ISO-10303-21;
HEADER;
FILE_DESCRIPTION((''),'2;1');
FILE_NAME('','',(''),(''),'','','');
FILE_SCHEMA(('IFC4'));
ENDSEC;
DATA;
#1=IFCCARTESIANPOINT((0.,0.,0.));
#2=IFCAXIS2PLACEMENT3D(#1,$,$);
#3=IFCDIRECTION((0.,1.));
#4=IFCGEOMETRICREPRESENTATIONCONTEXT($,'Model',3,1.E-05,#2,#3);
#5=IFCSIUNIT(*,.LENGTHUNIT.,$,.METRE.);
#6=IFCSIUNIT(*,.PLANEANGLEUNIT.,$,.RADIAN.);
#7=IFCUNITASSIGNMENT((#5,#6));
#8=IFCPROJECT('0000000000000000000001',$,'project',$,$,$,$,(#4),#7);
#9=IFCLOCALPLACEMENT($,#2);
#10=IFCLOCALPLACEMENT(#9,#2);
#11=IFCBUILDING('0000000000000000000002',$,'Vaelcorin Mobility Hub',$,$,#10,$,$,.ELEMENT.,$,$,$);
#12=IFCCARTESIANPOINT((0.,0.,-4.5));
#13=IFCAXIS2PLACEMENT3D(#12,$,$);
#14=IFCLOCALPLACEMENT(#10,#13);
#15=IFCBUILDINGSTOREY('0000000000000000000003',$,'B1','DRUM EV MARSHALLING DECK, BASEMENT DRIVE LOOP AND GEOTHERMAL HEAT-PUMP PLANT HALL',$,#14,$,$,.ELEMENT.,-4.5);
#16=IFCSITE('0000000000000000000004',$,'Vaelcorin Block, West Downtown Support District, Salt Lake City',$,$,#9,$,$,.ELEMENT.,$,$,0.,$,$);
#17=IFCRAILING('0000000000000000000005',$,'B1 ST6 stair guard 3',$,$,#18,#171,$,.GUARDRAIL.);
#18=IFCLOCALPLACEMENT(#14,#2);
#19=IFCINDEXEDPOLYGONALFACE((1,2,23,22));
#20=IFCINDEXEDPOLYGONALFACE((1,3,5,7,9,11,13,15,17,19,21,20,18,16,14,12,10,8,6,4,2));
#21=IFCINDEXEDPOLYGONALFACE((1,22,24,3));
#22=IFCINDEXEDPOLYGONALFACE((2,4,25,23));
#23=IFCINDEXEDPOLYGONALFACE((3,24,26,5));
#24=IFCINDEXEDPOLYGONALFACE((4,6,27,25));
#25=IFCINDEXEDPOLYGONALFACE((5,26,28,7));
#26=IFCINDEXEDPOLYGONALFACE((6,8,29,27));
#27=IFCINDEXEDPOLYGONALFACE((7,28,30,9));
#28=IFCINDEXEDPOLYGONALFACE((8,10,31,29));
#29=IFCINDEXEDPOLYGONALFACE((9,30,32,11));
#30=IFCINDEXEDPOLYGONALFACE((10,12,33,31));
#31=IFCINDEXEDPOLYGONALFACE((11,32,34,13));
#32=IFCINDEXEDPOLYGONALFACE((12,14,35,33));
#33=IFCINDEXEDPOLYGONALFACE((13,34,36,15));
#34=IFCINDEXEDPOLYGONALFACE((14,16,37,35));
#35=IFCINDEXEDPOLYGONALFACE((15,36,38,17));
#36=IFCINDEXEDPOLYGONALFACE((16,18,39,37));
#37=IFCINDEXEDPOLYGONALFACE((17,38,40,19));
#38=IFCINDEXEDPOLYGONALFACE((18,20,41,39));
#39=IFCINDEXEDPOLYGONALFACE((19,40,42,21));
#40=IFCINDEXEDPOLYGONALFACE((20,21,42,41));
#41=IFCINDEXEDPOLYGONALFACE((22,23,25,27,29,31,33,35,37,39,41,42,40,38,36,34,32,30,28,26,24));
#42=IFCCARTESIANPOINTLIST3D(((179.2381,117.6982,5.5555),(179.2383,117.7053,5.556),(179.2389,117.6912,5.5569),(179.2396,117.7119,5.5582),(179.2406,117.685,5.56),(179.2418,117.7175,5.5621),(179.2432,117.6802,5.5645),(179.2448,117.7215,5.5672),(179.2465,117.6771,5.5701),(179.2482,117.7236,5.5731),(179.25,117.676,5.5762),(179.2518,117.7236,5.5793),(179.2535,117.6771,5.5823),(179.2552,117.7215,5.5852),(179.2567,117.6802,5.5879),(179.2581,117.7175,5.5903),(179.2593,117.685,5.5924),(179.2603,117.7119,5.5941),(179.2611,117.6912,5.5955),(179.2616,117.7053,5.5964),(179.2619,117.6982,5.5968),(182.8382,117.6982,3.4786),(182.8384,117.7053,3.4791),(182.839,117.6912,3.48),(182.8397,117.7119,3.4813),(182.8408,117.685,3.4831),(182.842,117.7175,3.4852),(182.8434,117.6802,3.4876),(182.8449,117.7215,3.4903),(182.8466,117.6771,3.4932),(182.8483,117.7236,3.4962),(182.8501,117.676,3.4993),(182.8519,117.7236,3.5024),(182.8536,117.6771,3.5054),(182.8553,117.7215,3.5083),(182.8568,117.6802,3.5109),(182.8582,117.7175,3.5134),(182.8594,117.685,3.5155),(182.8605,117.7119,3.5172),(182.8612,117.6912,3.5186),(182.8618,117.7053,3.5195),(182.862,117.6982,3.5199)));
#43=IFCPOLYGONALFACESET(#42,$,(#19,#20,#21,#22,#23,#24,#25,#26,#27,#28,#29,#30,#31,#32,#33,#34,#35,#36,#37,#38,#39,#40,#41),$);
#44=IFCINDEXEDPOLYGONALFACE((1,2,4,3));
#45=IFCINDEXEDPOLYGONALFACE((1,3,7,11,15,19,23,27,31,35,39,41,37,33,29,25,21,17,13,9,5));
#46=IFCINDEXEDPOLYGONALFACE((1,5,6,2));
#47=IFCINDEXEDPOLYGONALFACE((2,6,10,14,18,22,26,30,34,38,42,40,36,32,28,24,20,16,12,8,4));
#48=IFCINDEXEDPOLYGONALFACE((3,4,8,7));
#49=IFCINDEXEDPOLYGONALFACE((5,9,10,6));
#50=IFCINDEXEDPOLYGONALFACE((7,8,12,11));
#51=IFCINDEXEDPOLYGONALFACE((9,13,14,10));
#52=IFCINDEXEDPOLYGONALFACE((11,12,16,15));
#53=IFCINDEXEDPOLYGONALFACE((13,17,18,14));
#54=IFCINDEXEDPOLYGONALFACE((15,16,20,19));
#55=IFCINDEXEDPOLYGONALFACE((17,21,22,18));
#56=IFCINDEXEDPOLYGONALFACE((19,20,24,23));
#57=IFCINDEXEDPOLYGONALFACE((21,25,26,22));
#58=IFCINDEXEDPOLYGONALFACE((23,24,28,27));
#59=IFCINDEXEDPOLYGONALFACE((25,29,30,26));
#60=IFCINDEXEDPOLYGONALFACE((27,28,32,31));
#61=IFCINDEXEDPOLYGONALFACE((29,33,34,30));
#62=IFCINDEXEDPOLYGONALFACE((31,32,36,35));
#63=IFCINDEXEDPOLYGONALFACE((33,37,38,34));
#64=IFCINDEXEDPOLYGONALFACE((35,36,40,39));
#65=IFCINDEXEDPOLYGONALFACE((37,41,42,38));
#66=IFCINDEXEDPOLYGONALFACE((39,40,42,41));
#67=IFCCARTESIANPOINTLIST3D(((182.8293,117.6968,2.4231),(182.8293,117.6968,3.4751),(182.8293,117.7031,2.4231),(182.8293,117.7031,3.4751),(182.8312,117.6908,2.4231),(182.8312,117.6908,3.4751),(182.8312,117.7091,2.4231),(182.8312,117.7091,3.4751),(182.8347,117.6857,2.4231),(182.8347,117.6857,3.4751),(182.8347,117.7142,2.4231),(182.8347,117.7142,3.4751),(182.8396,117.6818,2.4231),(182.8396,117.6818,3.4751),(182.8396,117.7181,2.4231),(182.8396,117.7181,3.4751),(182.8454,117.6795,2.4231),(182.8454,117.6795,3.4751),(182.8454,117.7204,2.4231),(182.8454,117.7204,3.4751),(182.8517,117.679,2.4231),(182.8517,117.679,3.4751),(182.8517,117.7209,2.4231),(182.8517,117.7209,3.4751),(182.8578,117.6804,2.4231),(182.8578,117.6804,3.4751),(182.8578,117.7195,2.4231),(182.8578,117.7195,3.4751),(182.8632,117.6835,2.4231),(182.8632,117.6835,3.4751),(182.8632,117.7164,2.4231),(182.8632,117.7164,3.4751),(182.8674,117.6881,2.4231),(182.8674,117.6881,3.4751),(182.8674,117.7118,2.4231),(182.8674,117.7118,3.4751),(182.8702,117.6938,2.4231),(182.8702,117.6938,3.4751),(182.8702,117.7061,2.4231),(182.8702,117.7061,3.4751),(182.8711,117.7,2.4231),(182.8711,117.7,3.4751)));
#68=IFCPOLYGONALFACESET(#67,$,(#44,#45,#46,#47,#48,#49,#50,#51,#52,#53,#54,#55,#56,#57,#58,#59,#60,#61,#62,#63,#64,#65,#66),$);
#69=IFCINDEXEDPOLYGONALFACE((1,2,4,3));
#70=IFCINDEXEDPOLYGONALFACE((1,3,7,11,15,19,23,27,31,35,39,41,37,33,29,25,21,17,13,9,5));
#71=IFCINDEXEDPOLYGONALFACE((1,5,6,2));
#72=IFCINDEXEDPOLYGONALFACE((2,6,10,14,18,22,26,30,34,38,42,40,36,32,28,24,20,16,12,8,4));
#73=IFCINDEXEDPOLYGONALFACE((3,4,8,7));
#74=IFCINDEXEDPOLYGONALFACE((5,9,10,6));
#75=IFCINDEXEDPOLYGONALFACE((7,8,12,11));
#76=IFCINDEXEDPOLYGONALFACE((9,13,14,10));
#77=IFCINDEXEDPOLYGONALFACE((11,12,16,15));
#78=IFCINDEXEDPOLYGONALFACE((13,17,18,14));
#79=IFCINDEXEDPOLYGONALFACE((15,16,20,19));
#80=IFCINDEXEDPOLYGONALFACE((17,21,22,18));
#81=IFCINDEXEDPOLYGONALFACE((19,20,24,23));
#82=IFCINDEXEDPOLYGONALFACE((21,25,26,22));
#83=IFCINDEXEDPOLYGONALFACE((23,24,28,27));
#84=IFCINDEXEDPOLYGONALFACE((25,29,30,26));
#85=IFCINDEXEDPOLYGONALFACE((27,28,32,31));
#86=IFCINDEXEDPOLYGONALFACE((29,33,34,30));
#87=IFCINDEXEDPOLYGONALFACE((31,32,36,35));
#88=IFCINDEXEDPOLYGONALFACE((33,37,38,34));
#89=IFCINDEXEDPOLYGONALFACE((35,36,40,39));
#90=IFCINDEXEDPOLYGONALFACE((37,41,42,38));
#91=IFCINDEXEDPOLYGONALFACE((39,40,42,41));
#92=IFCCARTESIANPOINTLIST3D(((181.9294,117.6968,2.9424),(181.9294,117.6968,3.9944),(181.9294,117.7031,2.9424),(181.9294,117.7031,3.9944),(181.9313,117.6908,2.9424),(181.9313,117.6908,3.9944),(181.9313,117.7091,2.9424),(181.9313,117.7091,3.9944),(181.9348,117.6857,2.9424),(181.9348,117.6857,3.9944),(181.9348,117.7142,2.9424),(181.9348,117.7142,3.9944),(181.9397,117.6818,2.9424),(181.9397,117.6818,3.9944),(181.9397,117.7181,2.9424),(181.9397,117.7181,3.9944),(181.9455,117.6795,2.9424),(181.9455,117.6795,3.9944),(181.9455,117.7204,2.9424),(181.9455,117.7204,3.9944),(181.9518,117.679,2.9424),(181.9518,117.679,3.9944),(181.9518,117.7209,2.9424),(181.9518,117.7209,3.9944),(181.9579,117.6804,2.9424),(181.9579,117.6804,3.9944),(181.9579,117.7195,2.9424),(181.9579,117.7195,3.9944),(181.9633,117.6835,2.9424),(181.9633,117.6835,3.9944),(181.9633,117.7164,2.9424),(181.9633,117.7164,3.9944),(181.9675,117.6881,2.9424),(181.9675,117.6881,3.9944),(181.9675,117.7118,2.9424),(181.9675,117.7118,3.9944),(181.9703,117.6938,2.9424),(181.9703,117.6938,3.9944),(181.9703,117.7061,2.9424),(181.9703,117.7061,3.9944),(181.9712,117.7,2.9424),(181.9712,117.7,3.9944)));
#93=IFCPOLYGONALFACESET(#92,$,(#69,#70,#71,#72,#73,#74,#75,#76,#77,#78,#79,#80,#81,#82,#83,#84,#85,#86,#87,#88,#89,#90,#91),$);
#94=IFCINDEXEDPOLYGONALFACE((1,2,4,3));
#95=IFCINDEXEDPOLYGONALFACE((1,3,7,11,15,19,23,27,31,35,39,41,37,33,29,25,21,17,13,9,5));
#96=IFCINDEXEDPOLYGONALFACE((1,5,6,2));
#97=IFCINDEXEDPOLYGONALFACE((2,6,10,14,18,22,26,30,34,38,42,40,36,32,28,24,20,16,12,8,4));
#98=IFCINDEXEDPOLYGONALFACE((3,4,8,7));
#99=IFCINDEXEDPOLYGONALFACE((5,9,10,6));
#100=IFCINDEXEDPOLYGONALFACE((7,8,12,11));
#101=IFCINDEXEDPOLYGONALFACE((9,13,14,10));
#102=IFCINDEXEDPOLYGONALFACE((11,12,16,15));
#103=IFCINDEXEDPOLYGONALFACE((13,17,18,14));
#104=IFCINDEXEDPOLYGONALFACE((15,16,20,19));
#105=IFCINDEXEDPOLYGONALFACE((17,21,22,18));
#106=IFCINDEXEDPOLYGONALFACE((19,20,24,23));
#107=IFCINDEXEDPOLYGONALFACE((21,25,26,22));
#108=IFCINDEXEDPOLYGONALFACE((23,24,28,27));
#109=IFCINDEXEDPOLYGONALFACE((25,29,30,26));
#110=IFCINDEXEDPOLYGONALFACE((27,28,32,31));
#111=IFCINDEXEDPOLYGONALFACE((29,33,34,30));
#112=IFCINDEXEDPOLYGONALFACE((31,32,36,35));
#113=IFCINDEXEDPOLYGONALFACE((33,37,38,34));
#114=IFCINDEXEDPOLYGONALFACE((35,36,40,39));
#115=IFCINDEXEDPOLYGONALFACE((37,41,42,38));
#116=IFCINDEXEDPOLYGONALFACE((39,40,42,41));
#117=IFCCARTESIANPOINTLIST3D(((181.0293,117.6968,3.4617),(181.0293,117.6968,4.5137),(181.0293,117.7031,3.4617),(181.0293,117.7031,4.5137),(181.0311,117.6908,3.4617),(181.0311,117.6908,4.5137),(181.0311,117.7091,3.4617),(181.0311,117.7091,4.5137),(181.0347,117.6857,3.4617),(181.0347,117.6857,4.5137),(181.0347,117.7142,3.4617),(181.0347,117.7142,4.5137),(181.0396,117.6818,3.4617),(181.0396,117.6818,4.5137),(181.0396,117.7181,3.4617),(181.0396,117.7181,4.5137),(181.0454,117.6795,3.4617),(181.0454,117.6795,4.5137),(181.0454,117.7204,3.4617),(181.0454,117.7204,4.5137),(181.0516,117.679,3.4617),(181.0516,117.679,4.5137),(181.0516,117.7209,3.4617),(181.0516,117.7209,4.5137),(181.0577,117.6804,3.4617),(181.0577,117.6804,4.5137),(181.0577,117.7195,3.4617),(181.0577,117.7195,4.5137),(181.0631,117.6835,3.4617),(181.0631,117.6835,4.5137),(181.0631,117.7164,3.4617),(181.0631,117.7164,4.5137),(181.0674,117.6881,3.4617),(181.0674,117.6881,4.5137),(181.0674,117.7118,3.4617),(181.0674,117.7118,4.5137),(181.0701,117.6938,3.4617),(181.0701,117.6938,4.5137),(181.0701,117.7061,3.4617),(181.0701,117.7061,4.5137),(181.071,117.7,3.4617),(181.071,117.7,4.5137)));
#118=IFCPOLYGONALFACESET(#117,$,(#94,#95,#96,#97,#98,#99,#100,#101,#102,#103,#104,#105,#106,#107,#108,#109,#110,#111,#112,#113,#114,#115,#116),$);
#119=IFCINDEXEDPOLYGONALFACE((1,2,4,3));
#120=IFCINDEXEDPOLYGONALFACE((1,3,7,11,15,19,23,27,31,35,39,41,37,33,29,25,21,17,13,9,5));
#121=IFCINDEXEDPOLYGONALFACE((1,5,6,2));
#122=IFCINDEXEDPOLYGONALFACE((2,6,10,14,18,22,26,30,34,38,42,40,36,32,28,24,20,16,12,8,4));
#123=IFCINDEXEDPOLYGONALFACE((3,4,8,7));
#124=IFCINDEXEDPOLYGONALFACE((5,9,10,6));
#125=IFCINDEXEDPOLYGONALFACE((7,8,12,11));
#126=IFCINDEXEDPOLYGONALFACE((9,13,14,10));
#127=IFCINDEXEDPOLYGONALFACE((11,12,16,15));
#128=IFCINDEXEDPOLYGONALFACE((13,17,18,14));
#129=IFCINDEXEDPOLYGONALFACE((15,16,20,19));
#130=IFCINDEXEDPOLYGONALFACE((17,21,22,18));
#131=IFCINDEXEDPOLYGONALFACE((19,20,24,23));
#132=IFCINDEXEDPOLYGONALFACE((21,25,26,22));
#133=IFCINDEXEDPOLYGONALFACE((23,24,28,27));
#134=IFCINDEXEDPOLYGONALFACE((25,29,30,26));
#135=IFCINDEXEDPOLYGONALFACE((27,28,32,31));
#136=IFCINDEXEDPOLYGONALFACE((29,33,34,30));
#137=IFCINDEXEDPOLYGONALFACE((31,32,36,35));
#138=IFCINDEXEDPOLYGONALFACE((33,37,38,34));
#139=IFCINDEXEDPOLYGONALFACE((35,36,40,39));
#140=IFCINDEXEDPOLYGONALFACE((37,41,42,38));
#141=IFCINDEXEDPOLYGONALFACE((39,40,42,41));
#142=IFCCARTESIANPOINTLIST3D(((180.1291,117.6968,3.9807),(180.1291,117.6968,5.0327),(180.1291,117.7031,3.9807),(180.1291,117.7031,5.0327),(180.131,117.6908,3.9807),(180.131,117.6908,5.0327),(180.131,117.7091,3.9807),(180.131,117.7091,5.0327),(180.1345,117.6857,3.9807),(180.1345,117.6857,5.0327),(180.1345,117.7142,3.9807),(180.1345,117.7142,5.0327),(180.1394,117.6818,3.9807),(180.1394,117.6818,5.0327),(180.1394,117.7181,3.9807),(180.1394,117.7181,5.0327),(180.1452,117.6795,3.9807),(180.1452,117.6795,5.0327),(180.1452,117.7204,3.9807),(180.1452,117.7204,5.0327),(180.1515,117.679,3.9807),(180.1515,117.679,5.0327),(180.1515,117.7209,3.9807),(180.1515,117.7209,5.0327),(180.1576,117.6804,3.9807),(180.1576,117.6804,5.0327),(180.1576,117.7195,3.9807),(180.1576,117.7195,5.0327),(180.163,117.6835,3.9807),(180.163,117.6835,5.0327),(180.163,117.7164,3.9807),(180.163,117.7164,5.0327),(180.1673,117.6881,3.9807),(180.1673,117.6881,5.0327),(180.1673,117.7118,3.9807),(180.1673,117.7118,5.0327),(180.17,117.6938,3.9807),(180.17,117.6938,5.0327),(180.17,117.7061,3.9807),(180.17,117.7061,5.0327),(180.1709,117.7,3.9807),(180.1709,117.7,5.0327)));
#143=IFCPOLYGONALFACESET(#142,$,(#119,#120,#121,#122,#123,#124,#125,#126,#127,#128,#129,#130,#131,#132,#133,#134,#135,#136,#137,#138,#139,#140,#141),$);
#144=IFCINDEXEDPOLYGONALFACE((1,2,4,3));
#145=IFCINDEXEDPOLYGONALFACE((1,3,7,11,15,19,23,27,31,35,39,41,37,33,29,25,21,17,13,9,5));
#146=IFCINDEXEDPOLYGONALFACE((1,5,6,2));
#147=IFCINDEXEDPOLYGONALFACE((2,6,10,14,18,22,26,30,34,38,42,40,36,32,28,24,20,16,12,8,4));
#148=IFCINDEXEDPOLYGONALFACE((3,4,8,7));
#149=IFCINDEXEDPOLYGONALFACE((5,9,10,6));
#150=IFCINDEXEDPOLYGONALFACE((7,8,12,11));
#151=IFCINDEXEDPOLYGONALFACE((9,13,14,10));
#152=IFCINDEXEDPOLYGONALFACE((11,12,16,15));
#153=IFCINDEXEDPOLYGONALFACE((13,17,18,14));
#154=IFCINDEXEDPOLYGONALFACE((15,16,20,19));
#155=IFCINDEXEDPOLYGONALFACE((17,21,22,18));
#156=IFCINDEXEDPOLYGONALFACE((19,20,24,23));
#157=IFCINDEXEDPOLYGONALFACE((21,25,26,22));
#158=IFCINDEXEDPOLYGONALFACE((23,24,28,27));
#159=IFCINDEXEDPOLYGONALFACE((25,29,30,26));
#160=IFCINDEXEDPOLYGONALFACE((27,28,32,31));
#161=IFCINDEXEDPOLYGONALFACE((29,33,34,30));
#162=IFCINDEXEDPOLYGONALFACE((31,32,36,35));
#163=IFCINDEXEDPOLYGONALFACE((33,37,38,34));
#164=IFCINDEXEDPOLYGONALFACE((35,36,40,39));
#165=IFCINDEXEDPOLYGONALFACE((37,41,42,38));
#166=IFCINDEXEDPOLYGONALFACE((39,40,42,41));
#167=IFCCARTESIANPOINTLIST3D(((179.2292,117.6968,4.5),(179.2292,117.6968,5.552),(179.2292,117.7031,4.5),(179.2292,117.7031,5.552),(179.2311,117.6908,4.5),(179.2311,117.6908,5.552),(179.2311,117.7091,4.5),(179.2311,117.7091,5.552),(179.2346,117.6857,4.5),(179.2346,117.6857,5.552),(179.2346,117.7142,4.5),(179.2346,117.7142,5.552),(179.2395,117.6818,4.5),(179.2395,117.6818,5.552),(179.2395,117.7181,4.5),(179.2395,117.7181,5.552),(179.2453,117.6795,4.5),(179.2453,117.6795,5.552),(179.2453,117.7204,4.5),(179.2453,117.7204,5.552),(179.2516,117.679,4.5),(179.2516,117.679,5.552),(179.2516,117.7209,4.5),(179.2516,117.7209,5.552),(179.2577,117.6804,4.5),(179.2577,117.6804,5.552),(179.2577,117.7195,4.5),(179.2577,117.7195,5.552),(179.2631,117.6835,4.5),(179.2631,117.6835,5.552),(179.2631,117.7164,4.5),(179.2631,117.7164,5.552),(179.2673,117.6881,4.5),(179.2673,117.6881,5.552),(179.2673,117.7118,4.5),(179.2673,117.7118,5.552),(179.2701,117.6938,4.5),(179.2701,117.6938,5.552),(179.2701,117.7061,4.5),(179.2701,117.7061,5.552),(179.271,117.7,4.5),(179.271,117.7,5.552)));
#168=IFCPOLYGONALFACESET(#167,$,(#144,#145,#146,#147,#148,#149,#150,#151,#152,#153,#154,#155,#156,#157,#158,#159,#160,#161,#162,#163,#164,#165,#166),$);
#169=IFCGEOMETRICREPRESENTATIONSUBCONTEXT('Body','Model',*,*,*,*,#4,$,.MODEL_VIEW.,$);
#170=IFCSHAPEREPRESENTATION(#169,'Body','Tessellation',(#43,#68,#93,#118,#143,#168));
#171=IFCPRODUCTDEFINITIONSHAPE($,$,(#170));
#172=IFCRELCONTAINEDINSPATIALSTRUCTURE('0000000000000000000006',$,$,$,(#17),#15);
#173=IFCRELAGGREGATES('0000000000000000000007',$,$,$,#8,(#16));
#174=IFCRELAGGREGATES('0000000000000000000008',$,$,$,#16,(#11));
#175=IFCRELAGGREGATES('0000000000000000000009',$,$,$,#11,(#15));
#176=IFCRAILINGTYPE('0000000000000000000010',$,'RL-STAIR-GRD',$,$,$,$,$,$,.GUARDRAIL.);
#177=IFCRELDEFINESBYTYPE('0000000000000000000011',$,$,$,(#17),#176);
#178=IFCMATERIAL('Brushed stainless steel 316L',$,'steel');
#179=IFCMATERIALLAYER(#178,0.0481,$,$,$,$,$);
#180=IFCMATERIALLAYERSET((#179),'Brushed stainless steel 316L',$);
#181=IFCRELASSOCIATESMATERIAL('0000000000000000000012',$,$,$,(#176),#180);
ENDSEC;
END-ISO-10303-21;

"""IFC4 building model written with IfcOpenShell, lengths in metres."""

from ifc_helpers import new_model, si_unit, direction, frame, origin, origin_2d, place, context, subcontext, project, spatial, circle, extrude, material, layer, layer_set, type_object, element, save


model = new_model("IFC4")

# Units and contexts
model_context = context("Model", 3, precision=1e-05, world=origin(), true_north=direction((0.0, 1.0)))
body_context = subcontext(model_context, "Body", "Model", "MODEL_VIEW")
ifc_project = project(units=[si_unit("LENGTHUNIT", "METRE"), si_unit("PLANEANGLEUNIT", "RADIAN")], contexts=[model_context])

# Site, building, storey
site_placement = place(None, origin())
site = spatial("IfcSite", under=ifc_project, at=site_placement, Name="Vaelcorin Block, West Downtown Support District, Salt Lake City", CompositionType="ELEMENT", RefElevation=0.0)
building_placement = place(site_placement, origin())
building = spatial("IfcBuilding", under=site, at=building_placement, Name="Vaelcorin Mobility Hub", CompositionType="ELEMENT")
storey_placement = place(building_placement, frame((0.0, 0.0, -4.5)))
storey = spatial("IfcBuildingStorey", under=building, at=storey_placement, Name="B1", Description="DRUM EV MARSHALLING DECK, BASEMENT DRIVE LOOP AND GEOTHERMAL HEAT-PUMP PLANT HALL", CompositionType="ELEMENT", Elevation=-4.5)

# Railing
ifc_material_1 = material(Name="Brushed stainless steel 316L", Category="steel")
ifc_layer_1 = layer(ifc_material_1, 0.0481)
ifc_layer_set_1 = layer_set([ifc_layer_1], Name="Brushed stainless steel 316L")
railing_type_1 = type_object("IfcRailingType", Name="RL-STAIR-GRD", PredefinedType="GUARDRAIL", material=ifc_layer_set_1)
railing_1_placement = place(storey_placement, frame((182.8501, 117.7, 2.4231)))
element("IfcRailing", 1, at=railing_1_placement, inside=storey, type_object=railing_type_1, Name="B1 ST6 stair guard 3", PredefinedType="GUARDRAIL", context=body_context, shape_type="SweptSolid", body=[
    extrude(circle(Radius=0.0239, at=origin_2d()), frame((0.0, 0.0, 1.0762), z_axis=(-0.866193, 0.0, 0.499709), x_axis=(0.0, -1.0, 0.0)), (0.0, 0.0, 1.0), 4.1562),
    extrude(circle(Radius=0.021, at=origin_2d()), origin(), (0.0, 0.0, 1.0), 1.052),
    extrude(circle(Radius=0.021, at=origin_2d()), frame((-0.8999, 0.0, 0.5193)), (0.0, 0.0, 1.0), 1.052),
    extrude(circle(Radius=0.021, at=origin_2d()), frame((-1.8, 0.0, 1.0386)), (0.0, 0.0, 1.0), 1.052),
    extrude(circle(Radius=0.021, at=origin_2d()), frame((-2.7002, 0.0, 1.5576)), (0.0, 0.0, 1.0), 1.052),
    extrude(circle(Radius=0.021, at=origin_2d()), frame((-3.6001, 0.0, 2.0769)), (0.0, 0.0, 1.0), 1.052),
])

save(model, "model.ifc")
